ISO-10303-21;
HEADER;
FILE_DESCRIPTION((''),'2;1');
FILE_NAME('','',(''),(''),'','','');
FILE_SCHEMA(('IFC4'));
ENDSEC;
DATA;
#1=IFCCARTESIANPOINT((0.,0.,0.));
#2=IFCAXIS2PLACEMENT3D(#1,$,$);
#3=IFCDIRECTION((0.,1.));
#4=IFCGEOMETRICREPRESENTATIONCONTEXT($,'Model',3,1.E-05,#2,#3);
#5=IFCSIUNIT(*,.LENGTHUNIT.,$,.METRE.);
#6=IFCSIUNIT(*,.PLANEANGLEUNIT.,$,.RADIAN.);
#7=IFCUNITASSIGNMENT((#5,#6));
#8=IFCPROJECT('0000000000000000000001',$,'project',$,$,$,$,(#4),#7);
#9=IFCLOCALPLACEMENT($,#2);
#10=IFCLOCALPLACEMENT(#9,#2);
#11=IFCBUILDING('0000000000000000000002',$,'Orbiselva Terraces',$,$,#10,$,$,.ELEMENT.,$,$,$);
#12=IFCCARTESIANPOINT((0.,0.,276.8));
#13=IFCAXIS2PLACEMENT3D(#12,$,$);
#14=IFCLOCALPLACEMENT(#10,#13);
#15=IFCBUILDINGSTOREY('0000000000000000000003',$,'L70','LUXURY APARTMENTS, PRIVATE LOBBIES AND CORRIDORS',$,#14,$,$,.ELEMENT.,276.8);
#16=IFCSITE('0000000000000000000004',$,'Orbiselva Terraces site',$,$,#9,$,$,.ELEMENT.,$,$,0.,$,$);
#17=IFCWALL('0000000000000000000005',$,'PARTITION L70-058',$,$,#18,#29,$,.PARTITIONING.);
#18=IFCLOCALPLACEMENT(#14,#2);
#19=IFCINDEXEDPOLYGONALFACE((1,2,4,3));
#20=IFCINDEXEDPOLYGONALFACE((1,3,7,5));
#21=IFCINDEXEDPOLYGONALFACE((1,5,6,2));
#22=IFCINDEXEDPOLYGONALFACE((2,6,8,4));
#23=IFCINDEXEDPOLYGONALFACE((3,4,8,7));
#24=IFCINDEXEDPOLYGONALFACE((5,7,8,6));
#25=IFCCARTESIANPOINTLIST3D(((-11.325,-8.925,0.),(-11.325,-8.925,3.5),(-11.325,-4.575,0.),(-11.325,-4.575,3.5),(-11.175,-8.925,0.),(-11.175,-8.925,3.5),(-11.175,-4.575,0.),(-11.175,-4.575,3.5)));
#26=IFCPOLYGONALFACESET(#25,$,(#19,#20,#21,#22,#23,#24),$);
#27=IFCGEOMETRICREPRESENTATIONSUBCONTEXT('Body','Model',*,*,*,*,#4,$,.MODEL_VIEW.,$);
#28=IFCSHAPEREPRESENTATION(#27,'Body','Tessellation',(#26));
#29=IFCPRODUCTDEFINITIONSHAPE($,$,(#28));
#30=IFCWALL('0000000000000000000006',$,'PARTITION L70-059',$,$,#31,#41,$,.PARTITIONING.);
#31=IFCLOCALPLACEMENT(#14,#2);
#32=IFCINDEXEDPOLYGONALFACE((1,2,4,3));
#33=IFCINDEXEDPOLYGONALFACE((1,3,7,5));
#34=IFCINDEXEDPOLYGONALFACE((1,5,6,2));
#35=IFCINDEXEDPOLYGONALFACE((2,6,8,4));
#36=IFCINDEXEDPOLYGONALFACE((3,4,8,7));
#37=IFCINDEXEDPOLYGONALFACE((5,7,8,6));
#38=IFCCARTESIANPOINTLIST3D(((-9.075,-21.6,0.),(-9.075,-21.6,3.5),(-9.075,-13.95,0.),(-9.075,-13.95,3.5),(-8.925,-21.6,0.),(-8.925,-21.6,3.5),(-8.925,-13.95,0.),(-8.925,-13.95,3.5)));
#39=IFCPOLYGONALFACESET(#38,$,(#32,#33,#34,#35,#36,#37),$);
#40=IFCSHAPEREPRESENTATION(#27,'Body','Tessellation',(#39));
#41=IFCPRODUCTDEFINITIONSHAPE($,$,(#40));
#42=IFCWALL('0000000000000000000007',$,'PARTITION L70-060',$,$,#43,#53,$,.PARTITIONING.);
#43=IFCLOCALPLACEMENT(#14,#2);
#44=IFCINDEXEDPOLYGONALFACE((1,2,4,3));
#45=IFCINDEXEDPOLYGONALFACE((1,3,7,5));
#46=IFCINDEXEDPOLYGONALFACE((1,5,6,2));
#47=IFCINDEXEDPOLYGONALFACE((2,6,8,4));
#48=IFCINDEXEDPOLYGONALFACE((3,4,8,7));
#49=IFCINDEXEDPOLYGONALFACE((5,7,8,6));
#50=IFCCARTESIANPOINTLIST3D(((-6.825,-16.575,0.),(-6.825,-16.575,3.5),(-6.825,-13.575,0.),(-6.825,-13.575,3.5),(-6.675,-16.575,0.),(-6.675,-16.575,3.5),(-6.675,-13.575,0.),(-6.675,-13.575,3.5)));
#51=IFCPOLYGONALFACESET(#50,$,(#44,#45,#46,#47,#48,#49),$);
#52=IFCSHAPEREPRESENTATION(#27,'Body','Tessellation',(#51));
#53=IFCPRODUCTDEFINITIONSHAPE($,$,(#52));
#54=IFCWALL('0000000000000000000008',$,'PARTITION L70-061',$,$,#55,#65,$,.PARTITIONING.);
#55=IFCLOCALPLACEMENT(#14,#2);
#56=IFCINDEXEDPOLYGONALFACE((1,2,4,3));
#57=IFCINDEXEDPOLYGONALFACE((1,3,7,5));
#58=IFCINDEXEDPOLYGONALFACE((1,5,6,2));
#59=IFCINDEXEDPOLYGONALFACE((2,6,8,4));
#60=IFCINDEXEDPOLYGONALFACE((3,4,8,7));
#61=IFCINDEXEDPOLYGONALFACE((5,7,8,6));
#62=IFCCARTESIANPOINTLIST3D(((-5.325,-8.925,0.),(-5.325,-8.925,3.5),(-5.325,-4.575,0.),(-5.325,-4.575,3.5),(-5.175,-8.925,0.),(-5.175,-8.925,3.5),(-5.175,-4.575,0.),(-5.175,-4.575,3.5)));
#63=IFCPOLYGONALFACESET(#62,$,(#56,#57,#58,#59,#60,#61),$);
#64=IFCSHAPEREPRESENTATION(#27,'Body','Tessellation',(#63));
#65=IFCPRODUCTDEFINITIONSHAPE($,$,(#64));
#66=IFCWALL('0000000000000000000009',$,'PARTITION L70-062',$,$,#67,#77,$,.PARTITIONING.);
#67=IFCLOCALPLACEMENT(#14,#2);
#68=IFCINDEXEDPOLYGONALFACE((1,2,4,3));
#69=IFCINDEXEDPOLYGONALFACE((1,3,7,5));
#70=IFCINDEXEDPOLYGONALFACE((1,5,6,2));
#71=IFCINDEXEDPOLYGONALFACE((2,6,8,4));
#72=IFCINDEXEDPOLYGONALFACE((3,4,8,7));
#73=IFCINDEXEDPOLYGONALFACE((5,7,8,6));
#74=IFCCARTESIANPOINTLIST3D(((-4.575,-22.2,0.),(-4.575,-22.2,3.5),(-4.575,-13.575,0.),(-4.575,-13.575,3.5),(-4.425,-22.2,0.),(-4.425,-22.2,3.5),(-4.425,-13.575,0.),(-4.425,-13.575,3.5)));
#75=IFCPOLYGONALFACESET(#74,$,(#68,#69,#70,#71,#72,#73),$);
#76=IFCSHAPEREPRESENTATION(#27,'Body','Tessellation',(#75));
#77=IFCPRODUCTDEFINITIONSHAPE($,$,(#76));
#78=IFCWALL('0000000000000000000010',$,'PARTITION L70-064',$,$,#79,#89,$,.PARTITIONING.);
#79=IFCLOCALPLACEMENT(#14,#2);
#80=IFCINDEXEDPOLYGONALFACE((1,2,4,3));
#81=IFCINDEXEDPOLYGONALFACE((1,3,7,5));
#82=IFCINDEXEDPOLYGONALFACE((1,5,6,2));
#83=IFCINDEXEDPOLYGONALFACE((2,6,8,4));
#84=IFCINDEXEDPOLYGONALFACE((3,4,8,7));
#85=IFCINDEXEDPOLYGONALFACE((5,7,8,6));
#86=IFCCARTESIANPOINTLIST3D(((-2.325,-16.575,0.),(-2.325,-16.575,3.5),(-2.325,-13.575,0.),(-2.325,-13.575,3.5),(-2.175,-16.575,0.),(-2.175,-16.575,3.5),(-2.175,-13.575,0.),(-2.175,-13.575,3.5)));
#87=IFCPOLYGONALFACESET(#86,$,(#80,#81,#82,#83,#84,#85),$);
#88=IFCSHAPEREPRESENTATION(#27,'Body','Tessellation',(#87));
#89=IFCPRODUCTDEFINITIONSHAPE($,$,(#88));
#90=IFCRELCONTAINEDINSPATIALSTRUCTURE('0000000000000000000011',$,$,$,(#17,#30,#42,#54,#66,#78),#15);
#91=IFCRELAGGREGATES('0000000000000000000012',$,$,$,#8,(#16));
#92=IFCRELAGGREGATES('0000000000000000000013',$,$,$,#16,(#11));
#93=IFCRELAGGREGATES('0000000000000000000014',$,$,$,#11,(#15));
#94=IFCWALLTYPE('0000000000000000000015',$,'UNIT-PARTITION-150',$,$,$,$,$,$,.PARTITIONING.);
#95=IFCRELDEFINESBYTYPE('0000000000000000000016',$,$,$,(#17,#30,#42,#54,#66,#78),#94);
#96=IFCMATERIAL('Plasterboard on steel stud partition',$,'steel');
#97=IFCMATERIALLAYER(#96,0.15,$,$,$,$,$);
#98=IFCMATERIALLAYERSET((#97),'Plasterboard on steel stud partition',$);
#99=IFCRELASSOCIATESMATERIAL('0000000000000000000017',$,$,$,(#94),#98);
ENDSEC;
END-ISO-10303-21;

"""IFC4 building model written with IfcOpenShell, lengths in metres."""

from ifc_helpers import new_model, si_unit, direction, frame, frame_2d, origin, place, context, subcontext, project, spatial, rectangle, extrude, material, layer, layer_set, type_object, element, save


model = new_model("IFC4")

# Units and contexts
model_context = context("Model", 3, precision=1e-05, world=origin(), true_north=direction((0.0, 1.0)))
body_context = subcontext(model_context, "Body", "Model", "MODEL_VIEW")
ifc_project = project(units=[si_unit("LENGTHUNIT", "METRE"), si_unit("PLANEANGLEUNIT", "RADIAN")], contexts=[model_context])

# Site, building, storey
site_placement = place(None, origin())
site = spatial("IfcSite", under=ifc_project, at=site_placement, Name="Orbiselva Terraces site", CompositionType="ELEMENT", RefElevation=0.0)
building_placement = place(site_placement, origin())
building = spatial("IfcBuilding", under=site, at=building_placement, Name="Orbiselva Terraces", CompositionType="ELEMENT")
storey_placement = place(building_placement, frame((0.0, 0.0, 276.8)))
storey = spatial("IfcBuildingStorey", under=building, at=storey_placement, Name="L70", Description="LUXURY APARTMENTS, PRIVATE LOBBIES AND CORRIDORS", CompositionType="ELEMENT", Elevation=276.8)

# Shared definitions
ifc_material_1 = material(Name="Plasterboard on steel stud partition", Category="steel")
ifc_layer_1 = layer(ifc_material_1, 0.15)
ifc_layer_set_1 = layer_set([ifc_layer_1], Name="Plasterboard on steel stud partition")
wall_type_1 = type_object("IfcWallType", Name="UNIT-PARTITION-150", PredefinedType="PARTITIONING", material=ifc_layer_set_1)

# Walls
wall_1_placement = place(storey_placement, frame((-11.25, -8.925, 0.0), z_axis=(0.0, 0.0, 1.0), x_axis=(0.0, 1.0, 0.0)))
element("IfcWall", 1, at=wall_1_placement, inside=storey, type_object=wall_type_1, Name="PARTITION L70-058", PredefinedType="PARTITIONING", context=body_context, shape_type="SweptSolid", body=[
    extrude(rectangle(XDim=4.35, YDim=0.15, at=frame_2d((2.175, 0.0))), origin(), (0.0, 0.0, 1.0), 3.5),
])
wall_2_placement = place(storey_placement, frame((-9.0, -21.6, 0.0), z_axis=(0.0, 0.0, 1.0), x_axis=(0.0, 1.0, 0.0)))
element("IfcWall", 2, at=wall_2_placement, inside=storey, type_object=wall_type_1, Name="PARTITION L70-059", PredefinedType="PARTITIONING", context=body_context, shape_type="SweptSolid", body=[
    extrude(rectangle(XDim=7.65, YDim=0.15, at=frame_2d((3.825, 0.0))), origin(), (0.0, 0.0, 1.0), 3.5),
])
wall_3_placement = place(storey_placement, frame((-6.75, -16.575, 0.0), z_axis=(0.0, 0.0, 1.0), x_axis=(0.0, 1.0, 0.0)))
element("IfcWall", 3, at=wall_3_placement, inside=storey, type_object=wall_type_1, Name="PARTITION L70-060", PredefinedType="PARTITIONING", context=body_context, shape_type="SweptSolid", body=[
    extrude(rectangle(XDim=3.0, YDim=0.15, at=frame_2d((1.5, 0.0))), origin(), (0.0, 0.0, 1.0), 3.5),
])
wall_4_placement = place(storey_placement, frame((-5.25, -8.925, 0.0), z_axis=(0.0, 0.0, 1.0), x_axis=(0.0, 1.0, 0.0)))
element("IfcWall", 4, at=wall_4_placement, inside=storey, type_object=wall_type_1, Name="PARTITION L70-061", PredefinedType="PARTITIONING", context=body_context, shape_type="SweptSolid", body=[
    extrude(rectangle(XDim=4.35, YDim=0.15, at=frame_2d((2.175, 0.0))), origin(), (0.0, 0.0, 1.0), 3.5),
])
wall_5_placement = place(storey_placement, frame((-4.5, -22.2, 0.0), z_axis=(0.0, 0.0, 1.0), x_axis=(0.0, 1.0, 0.0)))
element("IfcWall", 5, at=wall_5_placement, inside=storey, type_object=wall_type_1, Name="PARTITION L70-062", PredefinedType="PARTITIONING", context=body_context, shape_type="SweptSolid", body=[
    extrude(rectangle(XDim=8.625, YDim=0.15, at=frame_2d((4.3125, 0.0))), origin(), (0.0, 0.0, 1.0), 3.5),
])
wall_6_placement = place(storey_placement, frame((-2.25, -16.575, 0.0), z_axis=(0.0, 0.0, 1.0), x_axis=(0.0, 1.0, 0.0)))
element("IfcWall", 6, at=wall_6_placement, inside=storey, type_object=wall_type_1, Name="PARTITION L70-064", PredefinedType="PARTITIONING", context=body_context, shape_type="SweptSolid", body=[
    extrude(rectangle(XDim=3.0, YDim=0.15, at=frame_2d((1.5, 0.0))), origin(), (0.0, 0.0, 1.0), 3.5),
])

save(model, "model.ifc")
